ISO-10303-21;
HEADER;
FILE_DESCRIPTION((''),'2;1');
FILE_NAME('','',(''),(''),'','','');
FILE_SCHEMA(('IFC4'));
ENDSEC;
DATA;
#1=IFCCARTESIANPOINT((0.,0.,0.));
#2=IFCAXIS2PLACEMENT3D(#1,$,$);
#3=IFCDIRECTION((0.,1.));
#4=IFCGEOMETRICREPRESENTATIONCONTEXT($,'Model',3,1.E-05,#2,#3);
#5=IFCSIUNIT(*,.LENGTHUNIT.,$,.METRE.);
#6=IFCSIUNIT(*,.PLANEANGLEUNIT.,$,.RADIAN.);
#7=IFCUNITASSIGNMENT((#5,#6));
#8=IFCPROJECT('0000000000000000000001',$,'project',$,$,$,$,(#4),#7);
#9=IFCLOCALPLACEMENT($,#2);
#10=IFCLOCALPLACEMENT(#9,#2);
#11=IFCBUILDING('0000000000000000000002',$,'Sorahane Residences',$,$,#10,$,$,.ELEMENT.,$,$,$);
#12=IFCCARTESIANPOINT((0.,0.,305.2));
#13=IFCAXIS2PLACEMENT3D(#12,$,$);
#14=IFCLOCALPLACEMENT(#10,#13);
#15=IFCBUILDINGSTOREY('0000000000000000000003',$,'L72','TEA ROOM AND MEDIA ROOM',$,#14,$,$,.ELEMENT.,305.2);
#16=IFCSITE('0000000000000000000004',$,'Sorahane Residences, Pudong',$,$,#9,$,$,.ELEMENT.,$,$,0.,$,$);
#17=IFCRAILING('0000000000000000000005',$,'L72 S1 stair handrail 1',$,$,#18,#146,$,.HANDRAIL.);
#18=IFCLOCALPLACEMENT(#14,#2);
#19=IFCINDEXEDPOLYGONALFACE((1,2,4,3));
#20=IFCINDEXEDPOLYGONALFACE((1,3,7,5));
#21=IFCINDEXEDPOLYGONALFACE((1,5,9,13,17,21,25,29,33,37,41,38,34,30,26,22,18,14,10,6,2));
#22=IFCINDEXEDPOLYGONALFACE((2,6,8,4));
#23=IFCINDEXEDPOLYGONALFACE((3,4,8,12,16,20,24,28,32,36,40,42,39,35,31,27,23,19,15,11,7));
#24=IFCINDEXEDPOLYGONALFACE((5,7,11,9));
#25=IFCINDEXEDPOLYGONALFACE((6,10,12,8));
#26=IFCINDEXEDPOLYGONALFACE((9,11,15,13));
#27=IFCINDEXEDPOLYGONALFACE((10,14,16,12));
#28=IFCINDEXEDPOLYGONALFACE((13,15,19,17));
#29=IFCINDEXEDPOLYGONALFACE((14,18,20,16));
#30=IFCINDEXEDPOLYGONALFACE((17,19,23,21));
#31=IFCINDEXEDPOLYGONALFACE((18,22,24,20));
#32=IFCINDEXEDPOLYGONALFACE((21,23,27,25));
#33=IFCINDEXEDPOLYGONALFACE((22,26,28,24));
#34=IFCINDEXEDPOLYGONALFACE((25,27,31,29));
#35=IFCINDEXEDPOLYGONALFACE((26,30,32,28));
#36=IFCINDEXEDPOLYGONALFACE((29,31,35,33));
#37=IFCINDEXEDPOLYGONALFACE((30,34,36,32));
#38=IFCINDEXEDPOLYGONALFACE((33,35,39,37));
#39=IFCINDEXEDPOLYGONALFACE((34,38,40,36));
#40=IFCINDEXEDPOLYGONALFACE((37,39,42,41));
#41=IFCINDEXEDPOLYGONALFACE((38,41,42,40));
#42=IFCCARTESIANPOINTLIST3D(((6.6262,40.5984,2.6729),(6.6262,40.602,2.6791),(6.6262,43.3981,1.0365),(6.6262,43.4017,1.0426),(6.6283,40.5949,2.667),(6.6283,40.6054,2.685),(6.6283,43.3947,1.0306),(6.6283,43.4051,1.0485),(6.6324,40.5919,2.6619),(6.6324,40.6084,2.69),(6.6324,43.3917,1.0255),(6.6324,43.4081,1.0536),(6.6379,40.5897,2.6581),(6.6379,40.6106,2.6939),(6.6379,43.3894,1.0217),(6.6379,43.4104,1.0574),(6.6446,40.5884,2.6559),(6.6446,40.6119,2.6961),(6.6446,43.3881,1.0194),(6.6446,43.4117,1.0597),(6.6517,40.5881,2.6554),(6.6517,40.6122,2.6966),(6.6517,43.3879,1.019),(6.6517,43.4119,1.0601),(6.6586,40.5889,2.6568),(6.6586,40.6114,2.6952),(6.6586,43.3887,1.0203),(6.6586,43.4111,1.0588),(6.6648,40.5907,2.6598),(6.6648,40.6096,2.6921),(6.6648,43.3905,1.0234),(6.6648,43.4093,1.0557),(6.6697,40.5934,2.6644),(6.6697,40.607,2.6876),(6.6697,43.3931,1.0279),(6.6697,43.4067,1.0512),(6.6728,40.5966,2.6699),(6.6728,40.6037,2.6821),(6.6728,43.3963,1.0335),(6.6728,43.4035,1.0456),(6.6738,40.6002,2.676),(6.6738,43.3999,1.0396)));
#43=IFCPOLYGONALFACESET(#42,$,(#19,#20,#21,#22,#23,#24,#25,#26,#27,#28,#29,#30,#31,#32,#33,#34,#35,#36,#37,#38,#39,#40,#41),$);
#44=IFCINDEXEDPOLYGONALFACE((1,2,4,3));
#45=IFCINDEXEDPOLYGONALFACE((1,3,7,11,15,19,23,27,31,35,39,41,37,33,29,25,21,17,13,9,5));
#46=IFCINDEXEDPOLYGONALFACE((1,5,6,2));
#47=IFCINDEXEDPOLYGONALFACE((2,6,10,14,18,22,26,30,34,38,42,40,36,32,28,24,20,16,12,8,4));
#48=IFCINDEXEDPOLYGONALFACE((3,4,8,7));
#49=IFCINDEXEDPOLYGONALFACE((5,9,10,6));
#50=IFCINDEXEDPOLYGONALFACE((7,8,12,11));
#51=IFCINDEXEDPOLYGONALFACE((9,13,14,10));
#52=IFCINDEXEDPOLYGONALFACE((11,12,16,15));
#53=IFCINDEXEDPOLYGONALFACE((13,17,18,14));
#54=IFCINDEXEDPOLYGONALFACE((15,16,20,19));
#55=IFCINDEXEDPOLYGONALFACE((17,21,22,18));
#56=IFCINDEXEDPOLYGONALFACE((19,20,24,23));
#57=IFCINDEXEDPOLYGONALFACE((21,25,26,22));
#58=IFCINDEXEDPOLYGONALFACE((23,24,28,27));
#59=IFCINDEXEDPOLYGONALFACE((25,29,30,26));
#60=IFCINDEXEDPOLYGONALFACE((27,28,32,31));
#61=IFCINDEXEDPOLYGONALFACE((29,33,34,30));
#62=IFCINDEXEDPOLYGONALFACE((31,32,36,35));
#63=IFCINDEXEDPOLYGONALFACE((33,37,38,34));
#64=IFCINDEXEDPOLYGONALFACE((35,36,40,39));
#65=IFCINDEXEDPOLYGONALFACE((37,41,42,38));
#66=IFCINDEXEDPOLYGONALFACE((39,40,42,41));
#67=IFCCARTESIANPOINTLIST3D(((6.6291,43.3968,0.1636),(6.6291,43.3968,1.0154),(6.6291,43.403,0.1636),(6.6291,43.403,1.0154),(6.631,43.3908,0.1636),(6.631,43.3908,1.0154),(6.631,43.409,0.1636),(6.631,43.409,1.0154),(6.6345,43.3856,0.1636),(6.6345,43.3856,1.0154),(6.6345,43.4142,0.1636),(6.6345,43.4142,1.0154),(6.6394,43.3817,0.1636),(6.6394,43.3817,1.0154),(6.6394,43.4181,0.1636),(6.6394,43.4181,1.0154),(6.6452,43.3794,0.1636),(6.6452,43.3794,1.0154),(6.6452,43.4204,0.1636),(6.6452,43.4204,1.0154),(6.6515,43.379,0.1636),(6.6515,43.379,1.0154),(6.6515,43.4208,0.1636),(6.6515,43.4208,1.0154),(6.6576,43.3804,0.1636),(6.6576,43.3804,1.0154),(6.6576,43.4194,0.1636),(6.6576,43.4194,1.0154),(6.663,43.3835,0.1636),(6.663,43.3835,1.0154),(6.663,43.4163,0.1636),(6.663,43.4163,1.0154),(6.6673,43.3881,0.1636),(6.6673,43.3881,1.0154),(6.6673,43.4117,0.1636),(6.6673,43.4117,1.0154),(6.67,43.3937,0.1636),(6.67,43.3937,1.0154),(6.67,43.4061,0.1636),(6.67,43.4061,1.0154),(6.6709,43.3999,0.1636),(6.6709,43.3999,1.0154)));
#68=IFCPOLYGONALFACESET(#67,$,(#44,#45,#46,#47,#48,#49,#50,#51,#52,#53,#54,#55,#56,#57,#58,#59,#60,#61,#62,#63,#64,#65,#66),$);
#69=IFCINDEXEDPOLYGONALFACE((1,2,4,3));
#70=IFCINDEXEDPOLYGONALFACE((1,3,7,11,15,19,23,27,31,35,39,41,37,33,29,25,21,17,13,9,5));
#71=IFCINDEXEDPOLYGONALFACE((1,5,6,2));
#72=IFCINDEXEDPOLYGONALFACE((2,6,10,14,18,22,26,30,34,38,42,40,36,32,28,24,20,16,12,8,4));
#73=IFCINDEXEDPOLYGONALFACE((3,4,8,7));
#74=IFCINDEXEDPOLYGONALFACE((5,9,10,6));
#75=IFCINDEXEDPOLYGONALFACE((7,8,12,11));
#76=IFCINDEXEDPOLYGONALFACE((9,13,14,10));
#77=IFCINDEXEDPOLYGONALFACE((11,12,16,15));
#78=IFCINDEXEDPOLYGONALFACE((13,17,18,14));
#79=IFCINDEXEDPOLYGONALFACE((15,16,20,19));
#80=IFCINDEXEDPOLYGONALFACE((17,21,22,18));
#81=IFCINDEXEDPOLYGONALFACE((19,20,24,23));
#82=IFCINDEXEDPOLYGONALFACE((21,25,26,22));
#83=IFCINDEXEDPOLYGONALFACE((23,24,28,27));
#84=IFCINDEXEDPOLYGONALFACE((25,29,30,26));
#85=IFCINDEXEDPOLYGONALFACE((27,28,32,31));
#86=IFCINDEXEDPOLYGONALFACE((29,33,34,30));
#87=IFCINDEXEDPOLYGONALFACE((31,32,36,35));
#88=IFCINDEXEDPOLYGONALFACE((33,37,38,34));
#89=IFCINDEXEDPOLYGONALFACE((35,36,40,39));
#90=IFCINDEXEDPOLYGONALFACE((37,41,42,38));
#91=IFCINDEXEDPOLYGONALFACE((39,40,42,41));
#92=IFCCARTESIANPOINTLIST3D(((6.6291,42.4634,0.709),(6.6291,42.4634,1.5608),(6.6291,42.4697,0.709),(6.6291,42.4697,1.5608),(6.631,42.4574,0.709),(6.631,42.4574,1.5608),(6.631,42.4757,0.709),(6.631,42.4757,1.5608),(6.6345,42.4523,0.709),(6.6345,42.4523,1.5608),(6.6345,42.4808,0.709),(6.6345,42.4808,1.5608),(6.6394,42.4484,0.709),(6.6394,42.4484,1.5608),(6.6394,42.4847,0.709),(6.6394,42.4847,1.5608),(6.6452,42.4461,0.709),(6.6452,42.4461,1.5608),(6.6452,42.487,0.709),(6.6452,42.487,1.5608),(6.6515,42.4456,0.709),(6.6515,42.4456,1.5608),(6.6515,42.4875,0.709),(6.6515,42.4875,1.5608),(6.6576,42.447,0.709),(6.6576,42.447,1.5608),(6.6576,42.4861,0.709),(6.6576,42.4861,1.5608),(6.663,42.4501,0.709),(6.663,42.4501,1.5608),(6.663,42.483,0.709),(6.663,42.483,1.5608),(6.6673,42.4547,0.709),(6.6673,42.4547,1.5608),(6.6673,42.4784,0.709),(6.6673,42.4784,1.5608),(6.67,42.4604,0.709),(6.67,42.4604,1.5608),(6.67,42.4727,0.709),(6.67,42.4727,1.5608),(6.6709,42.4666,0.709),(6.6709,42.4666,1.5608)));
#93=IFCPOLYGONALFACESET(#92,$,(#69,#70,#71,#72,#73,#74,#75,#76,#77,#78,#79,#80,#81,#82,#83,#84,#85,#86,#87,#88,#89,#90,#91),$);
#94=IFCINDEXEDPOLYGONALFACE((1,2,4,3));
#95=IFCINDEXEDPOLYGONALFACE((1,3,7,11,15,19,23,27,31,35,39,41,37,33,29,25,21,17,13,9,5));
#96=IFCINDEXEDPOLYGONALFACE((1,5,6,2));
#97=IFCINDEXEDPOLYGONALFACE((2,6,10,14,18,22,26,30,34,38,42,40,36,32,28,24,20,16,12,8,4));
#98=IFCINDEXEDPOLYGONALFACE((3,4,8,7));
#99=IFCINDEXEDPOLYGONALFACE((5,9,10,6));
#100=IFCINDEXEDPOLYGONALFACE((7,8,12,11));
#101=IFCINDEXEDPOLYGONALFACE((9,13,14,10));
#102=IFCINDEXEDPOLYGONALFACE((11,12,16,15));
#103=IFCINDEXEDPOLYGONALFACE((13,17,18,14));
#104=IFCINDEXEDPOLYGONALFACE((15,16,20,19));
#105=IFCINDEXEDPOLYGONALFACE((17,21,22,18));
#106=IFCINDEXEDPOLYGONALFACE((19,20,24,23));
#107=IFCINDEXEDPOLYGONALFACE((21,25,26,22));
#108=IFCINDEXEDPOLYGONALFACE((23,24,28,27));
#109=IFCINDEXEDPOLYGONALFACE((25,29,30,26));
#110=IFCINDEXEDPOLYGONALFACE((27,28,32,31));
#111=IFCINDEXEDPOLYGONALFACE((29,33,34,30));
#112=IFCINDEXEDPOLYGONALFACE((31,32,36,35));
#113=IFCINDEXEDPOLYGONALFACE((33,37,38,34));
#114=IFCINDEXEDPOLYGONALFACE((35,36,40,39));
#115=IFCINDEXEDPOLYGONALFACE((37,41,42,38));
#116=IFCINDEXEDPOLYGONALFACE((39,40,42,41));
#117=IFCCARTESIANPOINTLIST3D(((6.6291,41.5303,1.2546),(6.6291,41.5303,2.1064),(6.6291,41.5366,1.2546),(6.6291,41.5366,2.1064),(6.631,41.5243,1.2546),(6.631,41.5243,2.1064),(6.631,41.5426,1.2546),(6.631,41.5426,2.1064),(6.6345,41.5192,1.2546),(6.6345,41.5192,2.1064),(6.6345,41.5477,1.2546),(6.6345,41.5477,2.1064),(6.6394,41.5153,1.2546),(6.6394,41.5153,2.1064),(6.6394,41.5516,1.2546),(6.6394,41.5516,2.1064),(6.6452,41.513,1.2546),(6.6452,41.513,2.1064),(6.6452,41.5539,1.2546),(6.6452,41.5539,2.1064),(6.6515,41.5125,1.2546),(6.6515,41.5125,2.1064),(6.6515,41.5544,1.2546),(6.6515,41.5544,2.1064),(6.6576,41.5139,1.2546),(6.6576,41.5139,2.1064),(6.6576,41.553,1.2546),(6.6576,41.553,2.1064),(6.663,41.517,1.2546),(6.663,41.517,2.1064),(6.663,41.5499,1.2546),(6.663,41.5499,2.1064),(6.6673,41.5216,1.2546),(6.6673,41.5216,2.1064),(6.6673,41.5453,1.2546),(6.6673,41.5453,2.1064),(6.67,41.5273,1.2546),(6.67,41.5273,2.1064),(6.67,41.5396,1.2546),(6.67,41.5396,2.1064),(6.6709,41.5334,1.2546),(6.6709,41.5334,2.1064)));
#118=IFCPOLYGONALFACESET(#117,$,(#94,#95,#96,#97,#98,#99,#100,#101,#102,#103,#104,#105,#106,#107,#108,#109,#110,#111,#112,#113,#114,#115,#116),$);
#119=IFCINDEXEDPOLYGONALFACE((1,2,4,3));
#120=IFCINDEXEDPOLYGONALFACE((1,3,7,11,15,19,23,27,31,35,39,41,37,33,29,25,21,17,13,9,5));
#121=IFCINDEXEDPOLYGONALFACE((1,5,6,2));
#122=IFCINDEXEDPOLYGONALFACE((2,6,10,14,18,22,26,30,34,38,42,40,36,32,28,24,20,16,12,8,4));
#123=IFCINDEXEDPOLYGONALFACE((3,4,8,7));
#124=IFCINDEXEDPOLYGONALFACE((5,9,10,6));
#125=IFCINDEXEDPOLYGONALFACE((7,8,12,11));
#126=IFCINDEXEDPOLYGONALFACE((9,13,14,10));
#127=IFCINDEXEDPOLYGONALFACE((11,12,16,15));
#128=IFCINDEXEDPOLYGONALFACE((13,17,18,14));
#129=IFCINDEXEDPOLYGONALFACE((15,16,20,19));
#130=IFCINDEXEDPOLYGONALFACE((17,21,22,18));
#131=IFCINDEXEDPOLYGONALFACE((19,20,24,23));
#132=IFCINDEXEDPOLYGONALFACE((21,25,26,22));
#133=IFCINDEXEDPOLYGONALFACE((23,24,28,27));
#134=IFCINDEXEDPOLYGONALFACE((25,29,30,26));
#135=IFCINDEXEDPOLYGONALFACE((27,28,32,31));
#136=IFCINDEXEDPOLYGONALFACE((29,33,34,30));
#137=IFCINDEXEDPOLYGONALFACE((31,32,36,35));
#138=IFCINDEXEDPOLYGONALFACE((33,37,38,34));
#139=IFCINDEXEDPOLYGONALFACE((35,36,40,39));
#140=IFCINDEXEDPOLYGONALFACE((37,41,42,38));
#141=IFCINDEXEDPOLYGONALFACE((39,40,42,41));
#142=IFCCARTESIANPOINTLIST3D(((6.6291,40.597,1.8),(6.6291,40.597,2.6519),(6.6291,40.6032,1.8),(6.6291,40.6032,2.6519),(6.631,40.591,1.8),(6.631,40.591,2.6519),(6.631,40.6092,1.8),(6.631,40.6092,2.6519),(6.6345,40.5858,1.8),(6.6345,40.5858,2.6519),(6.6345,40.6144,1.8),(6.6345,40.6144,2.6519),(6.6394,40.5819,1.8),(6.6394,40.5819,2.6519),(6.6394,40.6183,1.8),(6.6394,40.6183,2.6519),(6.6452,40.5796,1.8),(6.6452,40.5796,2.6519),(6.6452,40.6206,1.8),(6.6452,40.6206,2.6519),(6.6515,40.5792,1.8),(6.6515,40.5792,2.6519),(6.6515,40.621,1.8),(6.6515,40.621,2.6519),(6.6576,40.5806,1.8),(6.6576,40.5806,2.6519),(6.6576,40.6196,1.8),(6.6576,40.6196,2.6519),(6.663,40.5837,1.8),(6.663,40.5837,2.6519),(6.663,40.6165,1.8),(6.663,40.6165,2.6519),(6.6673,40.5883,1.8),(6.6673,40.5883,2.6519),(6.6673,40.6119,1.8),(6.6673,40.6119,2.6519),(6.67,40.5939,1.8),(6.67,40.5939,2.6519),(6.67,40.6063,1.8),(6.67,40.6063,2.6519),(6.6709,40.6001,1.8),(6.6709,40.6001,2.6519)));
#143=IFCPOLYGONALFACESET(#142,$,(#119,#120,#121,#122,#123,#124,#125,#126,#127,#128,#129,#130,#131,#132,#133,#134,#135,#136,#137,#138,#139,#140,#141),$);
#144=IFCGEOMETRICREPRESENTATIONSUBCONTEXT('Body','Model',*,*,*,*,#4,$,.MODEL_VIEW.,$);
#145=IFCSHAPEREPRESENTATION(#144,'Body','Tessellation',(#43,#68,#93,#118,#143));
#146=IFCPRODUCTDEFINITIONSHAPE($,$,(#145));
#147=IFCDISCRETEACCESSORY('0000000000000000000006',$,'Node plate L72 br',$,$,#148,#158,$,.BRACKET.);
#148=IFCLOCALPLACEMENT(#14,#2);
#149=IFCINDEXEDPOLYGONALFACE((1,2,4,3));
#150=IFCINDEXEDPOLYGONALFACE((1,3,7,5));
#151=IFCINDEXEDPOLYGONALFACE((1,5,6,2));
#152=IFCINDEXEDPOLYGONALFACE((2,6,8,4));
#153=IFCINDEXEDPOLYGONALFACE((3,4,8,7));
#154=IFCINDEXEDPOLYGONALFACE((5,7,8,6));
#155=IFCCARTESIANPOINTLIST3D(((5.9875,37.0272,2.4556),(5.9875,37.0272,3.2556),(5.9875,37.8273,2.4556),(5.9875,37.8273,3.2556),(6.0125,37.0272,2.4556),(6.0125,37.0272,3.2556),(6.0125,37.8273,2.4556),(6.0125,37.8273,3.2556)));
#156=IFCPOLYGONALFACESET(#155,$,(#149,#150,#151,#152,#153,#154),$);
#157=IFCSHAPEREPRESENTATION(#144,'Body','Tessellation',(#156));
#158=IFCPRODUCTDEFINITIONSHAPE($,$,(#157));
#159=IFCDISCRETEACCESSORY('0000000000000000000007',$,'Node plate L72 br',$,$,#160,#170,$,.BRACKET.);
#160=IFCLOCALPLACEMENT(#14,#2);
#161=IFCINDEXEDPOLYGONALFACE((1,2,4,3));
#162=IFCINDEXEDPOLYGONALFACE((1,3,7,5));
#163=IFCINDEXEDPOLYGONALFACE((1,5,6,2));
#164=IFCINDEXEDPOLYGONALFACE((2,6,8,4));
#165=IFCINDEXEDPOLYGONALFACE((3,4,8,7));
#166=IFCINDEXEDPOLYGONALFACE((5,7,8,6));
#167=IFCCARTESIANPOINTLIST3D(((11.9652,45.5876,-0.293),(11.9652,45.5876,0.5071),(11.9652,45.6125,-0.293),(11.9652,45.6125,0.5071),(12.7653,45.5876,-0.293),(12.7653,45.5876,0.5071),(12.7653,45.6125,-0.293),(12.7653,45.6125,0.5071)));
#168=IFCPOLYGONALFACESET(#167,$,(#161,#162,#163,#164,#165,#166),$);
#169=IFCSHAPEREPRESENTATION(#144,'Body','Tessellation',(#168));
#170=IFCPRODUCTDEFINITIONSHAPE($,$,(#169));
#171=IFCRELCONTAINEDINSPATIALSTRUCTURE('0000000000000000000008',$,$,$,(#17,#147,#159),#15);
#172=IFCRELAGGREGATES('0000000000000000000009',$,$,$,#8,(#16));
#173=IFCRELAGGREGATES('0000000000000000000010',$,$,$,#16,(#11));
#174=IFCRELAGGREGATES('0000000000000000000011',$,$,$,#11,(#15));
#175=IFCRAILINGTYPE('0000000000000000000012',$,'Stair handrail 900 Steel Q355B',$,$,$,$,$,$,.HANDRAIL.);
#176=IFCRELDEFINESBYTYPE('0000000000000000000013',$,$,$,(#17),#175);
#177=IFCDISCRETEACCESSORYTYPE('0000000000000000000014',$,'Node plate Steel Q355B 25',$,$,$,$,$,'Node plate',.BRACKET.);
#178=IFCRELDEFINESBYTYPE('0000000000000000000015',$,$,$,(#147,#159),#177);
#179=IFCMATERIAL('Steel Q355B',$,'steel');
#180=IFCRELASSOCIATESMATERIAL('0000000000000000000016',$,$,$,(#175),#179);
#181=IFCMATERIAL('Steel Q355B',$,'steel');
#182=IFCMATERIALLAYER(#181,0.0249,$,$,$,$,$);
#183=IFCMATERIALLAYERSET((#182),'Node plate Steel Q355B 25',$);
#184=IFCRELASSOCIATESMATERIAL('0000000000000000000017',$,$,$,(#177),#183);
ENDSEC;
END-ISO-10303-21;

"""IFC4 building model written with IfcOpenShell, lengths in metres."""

from ifc_helpers import new_model, si_unit, direction, frame, origin, origin_2d, place, context, subcontext, project, spatial, rectangle, circle, extrude, material, layer, layer_set, type_object, element, save


model = new_model("IFC4")

# Units and contexts
model_context = context("Model", 3, precision=1e-05, world=origin(), true_north=direction((0.0, 1.0)))
body_context = subcontext(model_context, "Body", "Model", "MODEL_VIEW")
ifc_project = project(units=[si_unit("LENGTHUNIT", "METRE"), si_unit("PLANEANGLEUNIT", "RADIAN")], contexts=[model_context])

# Site, building, storey
site_placement = place(None, origin())
site = spatial("IfcSite", under=ifc_project, at=site_placement, Name="Sorahane Residences, Pudong", CompositionType="ELEMENT", RefElevation=0.0)
building_placement = place(site_placement, origin())
building = spatial("IfcBuilding", under=site, at=building_placement, Name="Sorahane Residences", CompositionType="ELEMENT")
storey_placement = place(building_placement, frame((0.0, 0.0, 305.2)))
storey = spatial("IfcBuildingStorey", under=building, at=storey_placement, Name="L72", Description="TEA ROOM AND MEDIA ROOM", CompositionType="ELEMENT", Elevation=305.2)

# Railing
ifc_material_1 = material(Name="Steel Q355B", Category="steel")
railing_type_1 = type_object("IfcRailingType", Name="Stair handrail 900 Steel Q355B", PredefinedType="HANDRAIL", material=ifc_material_1)
railing_1_placement = place(storey_placement, frame((6.6499, 43.3999, 0.1636)))
element("IfcRailing", 1, at=railing_1_placement, inside=storey, type_object=railing_type_1, Name="L72 S1 stair handrail 1", PredefinedType="HANDRAIL", context=body_context, shape_type="SweptSolid", body=[
    extrude(circle(Radius=0.0239, at=origin_2d()), frame((0.0, 0.0, 0.876), z_axis=(0.0, -0.863342, 0.50462), x_axis=(1.0, 0.0, 0.0)), (0.0, 0.0, 1.0), 3.2429),
    extrude(circle(Radius=0.021, at=origin_2d()), origin(), (0.0, 0.0, 1.0), 0.8518),
    extrude(circle(Radius=0.021, at=origin_2d()), frame((0.0, -0.9333, 0.5454)), (0.0, 0.0, 1.0), 0.8518),
    extrude(circle(Radius=0.021, at=origin_2d()), frame((0.0, -1.8665, 1.0911)), (0.0, 0.0, 1.0), 0.8518),
    extrude(circle(Radius=0.021, at=origin_2d()), frame((0.0, -2.7998, 1.6365)), (0.0, 0.0, 1.0), 0.8518),
])

# Discrete accessories
ifc_material_2 = material(Name="Steel Q355B", Category="steel")
ifc_layer_1 = layer(ifc_material_2, 0.0249)
ifc_layer_set_1 = layer_set([ifc_layer_1], Name="Node plate Steel Q355B 25")
discrete_accessory_type = type_object("IfcDiscreteAccessoryType", Name="Node plate Steel Q355B 25", ElementType="Node plate", PredefinedType="BRACKET", material=ifc_layer_set_1)
for number, where, z_axis, x_axis, name in (
    (2, (6.0, 37.4272, 2.4556), (0.0, 0.0, 1.0), (0.0, 1.0, 0.0), "Node plate L72 br"),
    (3, (12.3652, 45.6001, -0.293), (0.0, 0.0, 1.0), (1.0, 0.0, 0.0), "Node plate L72 br"),
):
    element("IfcDiscreteAccessory", number, at=place(storey_placement, frame(where, z_axis=z_axis, x_axis=x_axis)), inside=storey, type_object=discrete_accessory_type, Name=name, PredefinedType="BRACKET", context=body_context, shape_type="SweptSolid", body=[
        extrude(rectangle(XDim=0.8, YDim=0.0249, at=origin_2d()), origin(), (0.0, 0.0, 1.0), 0.8),
    ])

save(model, "model.ifc")
